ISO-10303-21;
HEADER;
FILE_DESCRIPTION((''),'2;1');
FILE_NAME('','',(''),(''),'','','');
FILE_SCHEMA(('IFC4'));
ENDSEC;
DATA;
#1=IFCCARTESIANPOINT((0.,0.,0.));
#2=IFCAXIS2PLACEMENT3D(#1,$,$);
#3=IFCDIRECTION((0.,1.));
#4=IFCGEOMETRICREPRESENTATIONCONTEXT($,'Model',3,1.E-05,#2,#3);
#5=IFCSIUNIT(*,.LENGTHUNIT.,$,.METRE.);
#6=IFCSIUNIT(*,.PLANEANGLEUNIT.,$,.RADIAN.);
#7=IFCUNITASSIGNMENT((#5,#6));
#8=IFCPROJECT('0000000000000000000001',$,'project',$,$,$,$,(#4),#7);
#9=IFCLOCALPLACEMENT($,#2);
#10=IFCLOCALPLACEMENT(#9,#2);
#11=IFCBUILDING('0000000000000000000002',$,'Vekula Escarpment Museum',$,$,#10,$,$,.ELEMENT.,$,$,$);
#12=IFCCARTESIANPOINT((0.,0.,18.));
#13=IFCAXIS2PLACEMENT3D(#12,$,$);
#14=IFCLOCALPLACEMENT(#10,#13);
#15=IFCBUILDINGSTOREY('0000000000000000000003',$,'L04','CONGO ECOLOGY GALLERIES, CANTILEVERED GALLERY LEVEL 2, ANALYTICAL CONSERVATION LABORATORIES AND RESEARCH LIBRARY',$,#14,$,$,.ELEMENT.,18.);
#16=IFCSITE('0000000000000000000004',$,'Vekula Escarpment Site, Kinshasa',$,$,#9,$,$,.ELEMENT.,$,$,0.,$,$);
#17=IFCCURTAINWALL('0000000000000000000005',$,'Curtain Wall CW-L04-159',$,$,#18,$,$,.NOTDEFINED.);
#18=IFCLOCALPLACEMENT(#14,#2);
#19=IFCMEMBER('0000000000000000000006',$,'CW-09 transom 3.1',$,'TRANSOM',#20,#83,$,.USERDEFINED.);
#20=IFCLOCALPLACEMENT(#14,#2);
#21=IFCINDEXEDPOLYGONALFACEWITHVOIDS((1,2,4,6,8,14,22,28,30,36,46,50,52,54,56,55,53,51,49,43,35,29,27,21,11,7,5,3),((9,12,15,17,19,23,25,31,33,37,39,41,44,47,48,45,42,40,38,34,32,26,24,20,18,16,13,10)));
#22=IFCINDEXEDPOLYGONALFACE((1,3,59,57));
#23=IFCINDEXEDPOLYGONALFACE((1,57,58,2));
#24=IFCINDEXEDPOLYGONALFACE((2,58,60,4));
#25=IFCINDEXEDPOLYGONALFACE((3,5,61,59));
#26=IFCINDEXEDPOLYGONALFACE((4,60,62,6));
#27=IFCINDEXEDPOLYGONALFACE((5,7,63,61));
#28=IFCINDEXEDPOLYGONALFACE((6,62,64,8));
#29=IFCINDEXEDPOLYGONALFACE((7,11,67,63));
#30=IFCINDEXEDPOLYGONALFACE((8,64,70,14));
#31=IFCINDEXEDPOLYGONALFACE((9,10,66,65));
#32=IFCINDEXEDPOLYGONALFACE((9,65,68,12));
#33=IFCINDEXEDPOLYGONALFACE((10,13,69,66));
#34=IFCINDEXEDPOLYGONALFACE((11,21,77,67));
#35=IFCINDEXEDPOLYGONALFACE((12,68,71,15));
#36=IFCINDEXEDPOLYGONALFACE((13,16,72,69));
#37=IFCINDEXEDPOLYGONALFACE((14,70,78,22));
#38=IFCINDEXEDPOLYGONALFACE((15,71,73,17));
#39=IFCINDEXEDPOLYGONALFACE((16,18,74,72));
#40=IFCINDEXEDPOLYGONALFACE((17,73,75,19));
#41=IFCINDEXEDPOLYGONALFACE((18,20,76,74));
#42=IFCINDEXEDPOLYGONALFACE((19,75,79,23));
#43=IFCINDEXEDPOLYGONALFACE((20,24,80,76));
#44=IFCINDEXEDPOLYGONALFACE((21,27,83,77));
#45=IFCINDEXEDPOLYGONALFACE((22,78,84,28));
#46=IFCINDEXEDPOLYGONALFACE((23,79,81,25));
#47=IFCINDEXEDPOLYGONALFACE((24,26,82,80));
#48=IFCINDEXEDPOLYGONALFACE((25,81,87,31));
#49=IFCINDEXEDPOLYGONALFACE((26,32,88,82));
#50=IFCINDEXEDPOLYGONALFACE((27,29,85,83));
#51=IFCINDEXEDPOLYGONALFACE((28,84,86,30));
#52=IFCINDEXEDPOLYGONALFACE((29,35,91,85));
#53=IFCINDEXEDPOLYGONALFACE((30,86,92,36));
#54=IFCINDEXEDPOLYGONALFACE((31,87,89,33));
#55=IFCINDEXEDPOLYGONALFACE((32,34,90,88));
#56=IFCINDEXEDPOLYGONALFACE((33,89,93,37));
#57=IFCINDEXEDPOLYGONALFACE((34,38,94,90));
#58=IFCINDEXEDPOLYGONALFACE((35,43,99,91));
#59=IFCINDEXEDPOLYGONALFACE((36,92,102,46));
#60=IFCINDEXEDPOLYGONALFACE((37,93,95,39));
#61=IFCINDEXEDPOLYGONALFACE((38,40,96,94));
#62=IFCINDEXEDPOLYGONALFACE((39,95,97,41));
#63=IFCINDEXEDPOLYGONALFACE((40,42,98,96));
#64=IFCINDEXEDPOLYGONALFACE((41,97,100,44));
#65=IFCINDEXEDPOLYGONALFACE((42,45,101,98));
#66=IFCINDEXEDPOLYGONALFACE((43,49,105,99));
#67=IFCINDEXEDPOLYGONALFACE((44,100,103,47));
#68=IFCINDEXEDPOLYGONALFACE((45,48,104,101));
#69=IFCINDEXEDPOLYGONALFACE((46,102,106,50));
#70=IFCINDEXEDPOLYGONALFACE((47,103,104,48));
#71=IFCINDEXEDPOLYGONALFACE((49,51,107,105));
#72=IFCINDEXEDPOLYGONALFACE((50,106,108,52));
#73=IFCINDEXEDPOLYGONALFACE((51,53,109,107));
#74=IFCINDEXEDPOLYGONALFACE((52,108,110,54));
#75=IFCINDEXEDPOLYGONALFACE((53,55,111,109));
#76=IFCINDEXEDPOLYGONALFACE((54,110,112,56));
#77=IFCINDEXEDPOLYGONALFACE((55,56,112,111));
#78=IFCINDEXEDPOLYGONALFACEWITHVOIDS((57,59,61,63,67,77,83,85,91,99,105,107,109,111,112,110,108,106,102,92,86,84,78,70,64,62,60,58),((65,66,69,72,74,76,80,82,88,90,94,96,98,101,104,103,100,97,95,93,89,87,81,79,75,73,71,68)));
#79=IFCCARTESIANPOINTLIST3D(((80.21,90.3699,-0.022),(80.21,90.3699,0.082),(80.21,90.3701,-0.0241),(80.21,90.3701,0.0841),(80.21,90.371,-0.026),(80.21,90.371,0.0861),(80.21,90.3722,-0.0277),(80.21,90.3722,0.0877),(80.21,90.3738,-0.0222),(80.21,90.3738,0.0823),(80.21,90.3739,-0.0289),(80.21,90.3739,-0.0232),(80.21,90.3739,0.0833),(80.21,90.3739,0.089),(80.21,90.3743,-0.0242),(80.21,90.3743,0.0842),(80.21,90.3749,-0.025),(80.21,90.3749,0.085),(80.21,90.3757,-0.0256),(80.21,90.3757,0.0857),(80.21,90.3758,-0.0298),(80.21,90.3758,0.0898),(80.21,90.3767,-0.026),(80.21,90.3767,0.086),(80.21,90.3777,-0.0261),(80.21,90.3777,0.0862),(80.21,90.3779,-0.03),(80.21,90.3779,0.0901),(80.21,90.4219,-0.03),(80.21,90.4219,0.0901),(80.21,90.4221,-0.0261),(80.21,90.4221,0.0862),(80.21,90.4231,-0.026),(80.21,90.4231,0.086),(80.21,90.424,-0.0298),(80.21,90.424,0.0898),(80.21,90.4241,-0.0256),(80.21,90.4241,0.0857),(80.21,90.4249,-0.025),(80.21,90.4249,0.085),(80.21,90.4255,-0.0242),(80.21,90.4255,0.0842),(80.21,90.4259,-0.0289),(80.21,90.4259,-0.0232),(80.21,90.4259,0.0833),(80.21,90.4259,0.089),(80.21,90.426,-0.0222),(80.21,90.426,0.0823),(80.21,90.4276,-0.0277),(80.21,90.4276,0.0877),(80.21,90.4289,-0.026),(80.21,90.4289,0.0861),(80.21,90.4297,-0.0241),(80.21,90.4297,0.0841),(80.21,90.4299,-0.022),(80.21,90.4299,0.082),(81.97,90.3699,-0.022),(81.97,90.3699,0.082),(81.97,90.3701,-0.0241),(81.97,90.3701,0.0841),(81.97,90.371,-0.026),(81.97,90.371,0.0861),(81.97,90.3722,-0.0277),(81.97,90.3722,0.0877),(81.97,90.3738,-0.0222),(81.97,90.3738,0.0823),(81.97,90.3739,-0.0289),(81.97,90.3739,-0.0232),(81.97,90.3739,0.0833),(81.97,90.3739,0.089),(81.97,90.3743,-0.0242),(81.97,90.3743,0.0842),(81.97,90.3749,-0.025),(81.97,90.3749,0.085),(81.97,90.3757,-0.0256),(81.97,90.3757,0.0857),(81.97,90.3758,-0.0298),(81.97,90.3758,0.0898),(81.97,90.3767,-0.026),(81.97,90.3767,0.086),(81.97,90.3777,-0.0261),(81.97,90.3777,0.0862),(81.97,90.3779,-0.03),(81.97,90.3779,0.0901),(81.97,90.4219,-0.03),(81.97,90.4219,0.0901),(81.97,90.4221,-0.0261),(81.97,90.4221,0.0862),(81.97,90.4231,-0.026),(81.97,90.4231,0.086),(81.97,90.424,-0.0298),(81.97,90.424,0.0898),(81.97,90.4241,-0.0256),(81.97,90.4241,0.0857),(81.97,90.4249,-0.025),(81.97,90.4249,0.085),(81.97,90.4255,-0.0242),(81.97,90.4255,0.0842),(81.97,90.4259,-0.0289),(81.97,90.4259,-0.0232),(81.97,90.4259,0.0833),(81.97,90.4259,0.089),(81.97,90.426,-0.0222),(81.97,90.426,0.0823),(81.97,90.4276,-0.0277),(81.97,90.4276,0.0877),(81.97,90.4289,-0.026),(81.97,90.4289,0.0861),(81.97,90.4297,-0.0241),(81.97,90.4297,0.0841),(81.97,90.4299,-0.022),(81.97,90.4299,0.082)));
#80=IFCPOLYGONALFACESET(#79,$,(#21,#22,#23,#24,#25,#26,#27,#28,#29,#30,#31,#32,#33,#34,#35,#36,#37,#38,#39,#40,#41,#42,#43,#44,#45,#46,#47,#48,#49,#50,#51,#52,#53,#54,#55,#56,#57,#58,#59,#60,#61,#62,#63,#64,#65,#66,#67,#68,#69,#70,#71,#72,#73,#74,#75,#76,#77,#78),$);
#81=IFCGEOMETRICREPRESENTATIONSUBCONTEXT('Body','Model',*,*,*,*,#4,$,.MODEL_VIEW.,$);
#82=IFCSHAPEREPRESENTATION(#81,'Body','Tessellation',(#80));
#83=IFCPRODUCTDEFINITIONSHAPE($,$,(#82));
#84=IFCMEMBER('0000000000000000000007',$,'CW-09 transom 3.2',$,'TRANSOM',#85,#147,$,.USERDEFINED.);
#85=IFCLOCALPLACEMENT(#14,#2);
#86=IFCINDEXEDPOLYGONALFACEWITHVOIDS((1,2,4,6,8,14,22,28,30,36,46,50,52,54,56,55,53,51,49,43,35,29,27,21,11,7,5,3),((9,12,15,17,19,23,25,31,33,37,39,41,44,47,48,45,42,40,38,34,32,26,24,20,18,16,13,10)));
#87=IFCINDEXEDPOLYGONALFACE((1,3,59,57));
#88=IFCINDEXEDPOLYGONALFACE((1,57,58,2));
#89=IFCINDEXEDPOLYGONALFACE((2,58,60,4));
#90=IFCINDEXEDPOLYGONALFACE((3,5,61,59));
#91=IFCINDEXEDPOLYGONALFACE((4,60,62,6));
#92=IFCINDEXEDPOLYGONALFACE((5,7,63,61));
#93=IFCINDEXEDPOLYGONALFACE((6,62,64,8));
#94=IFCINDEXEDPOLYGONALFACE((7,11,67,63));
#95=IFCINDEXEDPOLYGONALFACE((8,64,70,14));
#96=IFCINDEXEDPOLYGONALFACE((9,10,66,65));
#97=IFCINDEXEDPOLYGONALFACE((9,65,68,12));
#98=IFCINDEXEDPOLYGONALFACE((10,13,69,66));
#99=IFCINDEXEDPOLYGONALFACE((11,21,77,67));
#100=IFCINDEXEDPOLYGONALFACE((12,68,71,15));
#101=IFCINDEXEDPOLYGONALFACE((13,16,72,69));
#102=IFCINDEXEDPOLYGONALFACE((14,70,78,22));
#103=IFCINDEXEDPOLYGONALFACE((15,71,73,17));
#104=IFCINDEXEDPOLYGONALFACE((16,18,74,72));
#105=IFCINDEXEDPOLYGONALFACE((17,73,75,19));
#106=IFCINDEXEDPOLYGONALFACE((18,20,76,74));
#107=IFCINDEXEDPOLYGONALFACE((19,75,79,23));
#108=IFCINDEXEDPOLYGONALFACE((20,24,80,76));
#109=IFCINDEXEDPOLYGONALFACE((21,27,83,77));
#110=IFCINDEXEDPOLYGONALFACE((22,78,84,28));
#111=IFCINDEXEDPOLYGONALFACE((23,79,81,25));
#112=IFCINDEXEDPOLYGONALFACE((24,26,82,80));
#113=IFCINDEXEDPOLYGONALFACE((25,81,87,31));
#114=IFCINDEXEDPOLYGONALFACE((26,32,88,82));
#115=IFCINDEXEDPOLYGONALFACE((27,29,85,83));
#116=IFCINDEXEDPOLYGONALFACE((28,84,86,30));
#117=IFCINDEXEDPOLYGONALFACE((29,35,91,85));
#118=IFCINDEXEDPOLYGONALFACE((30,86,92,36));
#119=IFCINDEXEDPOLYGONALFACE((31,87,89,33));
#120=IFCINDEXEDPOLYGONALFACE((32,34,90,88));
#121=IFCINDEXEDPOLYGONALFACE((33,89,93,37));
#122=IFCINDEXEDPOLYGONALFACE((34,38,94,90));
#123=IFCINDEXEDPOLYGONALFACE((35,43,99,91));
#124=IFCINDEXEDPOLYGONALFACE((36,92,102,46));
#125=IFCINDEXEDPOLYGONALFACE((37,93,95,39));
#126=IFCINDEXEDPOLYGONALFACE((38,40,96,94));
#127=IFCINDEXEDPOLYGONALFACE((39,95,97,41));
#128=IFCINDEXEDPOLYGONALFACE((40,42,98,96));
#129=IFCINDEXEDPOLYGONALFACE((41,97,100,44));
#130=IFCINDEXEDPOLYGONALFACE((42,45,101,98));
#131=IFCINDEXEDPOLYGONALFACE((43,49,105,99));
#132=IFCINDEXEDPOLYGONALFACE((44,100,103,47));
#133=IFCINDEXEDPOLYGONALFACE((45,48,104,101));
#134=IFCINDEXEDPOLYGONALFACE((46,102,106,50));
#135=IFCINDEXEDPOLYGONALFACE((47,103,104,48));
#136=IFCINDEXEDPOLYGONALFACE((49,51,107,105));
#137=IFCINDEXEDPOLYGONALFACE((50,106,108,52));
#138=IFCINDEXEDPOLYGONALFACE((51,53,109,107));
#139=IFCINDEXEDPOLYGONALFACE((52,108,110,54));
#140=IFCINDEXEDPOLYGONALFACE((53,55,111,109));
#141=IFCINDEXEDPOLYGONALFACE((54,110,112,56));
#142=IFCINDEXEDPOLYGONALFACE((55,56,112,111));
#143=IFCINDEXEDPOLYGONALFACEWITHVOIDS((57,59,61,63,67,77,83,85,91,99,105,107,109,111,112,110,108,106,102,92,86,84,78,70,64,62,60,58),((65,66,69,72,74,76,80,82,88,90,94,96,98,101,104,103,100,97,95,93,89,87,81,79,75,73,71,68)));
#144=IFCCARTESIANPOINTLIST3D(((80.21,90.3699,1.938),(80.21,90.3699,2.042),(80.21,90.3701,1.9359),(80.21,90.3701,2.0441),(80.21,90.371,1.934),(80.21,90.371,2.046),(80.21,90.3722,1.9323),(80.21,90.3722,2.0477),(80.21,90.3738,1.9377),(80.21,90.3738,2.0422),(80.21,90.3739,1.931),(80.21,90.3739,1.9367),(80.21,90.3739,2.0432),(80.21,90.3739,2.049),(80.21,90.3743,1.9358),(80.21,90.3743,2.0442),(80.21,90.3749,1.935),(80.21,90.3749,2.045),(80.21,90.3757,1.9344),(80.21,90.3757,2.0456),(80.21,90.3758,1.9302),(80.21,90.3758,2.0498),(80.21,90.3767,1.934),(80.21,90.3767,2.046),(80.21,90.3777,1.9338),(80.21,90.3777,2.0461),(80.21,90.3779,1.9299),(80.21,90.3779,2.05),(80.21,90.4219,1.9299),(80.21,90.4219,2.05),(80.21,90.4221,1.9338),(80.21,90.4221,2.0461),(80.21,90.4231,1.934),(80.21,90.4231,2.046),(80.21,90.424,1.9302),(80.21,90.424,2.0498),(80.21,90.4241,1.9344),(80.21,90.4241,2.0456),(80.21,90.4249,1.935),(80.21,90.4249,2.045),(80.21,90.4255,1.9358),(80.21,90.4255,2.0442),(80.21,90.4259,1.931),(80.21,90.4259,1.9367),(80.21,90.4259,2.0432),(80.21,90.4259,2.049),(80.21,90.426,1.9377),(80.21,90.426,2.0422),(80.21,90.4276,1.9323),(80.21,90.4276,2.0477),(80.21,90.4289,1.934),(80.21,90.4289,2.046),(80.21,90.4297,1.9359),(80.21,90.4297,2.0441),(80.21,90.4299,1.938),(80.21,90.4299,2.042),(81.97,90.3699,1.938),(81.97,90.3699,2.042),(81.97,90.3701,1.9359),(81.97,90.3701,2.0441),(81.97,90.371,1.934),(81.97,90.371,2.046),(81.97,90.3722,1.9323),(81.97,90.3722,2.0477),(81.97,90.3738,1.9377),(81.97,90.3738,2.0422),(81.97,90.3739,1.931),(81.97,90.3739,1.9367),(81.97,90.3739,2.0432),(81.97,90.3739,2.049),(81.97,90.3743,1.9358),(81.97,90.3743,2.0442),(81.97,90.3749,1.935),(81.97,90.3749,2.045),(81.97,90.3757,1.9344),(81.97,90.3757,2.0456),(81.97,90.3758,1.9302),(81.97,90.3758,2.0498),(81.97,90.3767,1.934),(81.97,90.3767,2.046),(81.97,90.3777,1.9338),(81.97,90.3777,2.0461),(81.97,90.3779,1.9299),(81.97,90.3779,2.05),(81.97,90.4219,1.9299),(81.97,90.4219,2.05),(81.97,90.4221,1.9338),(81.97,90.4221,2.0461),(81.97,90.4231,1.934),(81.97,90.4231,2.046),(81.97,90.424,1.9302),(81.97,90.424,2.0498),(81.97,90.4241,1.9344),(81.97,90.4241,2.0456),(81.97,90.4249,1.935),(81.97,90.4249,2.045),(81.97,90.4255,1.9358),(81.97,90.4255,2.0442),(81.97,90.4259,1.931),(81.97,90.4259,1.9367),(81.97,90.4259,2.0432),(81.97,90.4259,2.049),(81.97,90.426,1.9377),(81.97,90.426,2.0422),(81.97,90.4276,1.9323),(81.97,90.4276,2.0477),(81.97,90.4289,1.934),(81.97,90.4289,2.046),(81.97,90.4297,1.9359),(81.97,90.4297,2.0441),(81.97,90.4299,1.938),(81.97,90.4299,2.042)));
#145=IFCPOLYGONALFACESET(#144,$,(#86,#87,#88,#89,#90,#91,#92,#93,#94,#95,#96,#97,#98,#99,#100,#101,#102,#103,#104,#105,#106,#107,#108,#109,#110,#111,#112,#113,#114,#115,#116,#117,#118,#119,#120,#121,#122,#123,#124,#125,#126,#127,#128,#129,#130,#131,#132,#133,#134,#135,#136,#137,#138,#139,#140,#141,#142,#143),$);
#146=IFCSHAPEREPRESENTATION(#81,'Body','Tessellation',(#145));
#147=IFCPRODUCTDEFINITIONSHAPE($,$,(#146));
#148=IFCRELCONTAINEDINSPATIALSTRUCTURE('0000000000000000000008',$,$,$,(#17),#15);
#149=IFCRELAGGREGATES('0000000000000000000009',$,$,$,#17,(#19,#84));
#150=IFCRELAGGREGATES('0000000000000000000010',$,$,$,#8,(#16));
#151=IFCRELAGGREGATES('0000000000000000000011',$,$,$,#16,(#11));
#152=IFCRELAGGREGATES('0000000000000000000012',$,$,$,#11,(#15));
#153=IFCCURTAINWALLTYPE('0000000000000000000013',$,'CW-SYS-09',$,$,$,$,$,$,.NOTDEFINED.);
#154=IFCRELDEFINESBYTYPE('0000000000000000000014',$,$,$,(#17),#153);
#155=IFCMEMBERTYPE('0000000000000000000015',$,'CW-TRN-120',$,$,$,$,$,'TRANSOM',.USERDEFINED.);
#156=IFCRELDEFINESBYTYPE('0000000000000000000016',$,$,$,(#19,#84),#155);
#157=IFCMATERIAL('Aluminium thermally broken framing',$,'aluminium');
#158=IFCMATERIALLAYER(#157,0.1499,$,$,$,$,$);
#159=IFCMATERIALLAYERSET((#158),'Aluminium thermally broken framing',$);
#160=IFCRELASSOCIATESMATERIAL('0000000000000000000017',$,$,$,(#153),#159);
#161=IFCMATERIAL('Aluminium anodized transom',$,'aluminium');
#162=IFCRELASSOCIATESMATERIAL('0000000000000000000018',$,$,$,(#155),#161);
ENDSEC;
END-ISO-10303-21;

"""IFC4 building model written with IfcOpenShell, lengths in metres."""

from ifc_helpers import new_model, si_unit, direction, frame, origin, origin_2d, place, context, subcontext, project, spatial, hollow_rectangle, extrude, material, layer, layer_set, material_profile, profile_set, type_object, element, aggregate, save


model = new_model("IFC4")

# Units and contexts
model_context = context("Model", 3, precision=1e-05, world=origin(), true_north=direction((0.0, 1.0)))
body_context = subcontext(model_context, "Body", "Model", "MODEL_VIEW")
ifc_project = project(units=[si_unit("LENGTHUNIT", "METRE"), si_unit("PLANEANGLEUNIT", "RADIAN")], contexts=[model_context])

# Site, building, storey
site_placement = place(None, origin())
site = spatial("IfcSite", under=ifc_project, at=site_placement, Name="Vekula Escarpment Site, Kinshasa", CompositionType="ELEMENT", RefElevation=0.0)
building_placement = place(site_placement, origin())
building = spatial("IfcBuilding", under=site, at=building_placement, Name="Vekula Escarpment Museum", CompositionType="ELEMENT")
storey_placement = place(building_placement, frame((0.0, 0.0, 18.0)))
storey = spatial("IfcBuildingStorey", under=building, at=storey_placement, Name="L04", Description="CONGO ECOLOGY GALLERIES, CANTILEVERED GALLERY LEVEL 2, ANALYTICAL CONSERVATION LABORATORIES AND RESEARCH LIBRARY", CompositionType="ELEMENT", Elevation=18.0)

# Curtain wall
ifc_material_1 = material(Name="Aluminium thermally broken framing", Category="aluminium")
ifc_layer_1 = layer(ifc_material_1, 0.1499)
ifc_layer_set_1 = layer_set([ifc_layer_1], Name="Aluminium thermally broken framing")
curtain_wall_type_1 = type_object("IfcCurtainWallType", Name="CW-SYS-09", PredefinedType="NOTDEFINED", material=ifc_layer_set_1)
curtain_wall_1_placement = place(storey_placement, origin())
curtain_wall_1 = element("IfcCurtainWall", 1, at=curtain_wall_1_placement, inside=storey, type_object=curtain_wall_type_1, Name="Curtain Wall CW-L04-159", PredefinedType="NOTDEFINED")

# Members
ifc_material_2 = material(Name="Aluminium anodized transom", Category="aluminium")
ifc_material_profile_1 = material_profile(ifc_material_2, hollow_rectangle(XDim=0.0601, YDim=0.1201, WallThickness=0.0039, InnerFilletRadius=0.0039, OuterFilletRadius=0.0081, at=origin_2d()), Name="ALU 120x60x4")
ifc_profile_set_1 = profile_set([ifc_material_profile_1], Name="Aluminium anodized transom")
member_type_1 = type_object("IfcMemberType", Name="CW-TRN-120", ElementType="TRANSOM", PredefinedType="USERDEFINED", material=ifc_profile_set_1)
member_1_placement = place(storey_placement, frame((81.97, 90.3999, 0.03), z_axis=(-1.0, 0.0, 0.0), x_axis=(0.0, -1.0, 0.0)))
member_1 = element("IfcMember", 2, at=member_1_placement, type_object=member_type_1, Name="CW-09 transom 3.1", ObjectType="TRANSOM", PredefinedType="USERDEFINED", context=body_context, shape_type="SweptSolid", body=[
    extrude(hollow_rectangle(XDim=0.0601, YDim=0.1201, WallThickness=0.0039, InnerFilletRadius=0.0039, OuterFilletRadius=0.0081, at=origin_2d()), origin(), (0.0, 0.0, 1.0), 1.76),
])
member_2_placement = place(storey_placement, frame((81.97, 90.3999, 1.99), z_axis=(-1.0, 0.0, 0.0), x_axis=(0.0, -1.0, 0.0)))
member_2 = element("IfcMember", 3, at=member_2_placement, type_object=member_type_1, Name="CW-09 transom 3.2", ObjectType="TRANSOM", PredefinedType="USERDEFINED", context=body_context, shape_type="SweptSolid", body=[
    extrude(hollow_rectangle(XDim=0.0601, YDim=0.1201, WallThickness=0.0039, InnerFilletRadius=0.0039, OuterFilletRadius=0.0081, at=origin_2d()), origin(), (0.0, 0.0, 1.0), 1.76),
])

aggregate(curtain_wall_1, [member_1, member_2])

save(model, "model.ifc")
